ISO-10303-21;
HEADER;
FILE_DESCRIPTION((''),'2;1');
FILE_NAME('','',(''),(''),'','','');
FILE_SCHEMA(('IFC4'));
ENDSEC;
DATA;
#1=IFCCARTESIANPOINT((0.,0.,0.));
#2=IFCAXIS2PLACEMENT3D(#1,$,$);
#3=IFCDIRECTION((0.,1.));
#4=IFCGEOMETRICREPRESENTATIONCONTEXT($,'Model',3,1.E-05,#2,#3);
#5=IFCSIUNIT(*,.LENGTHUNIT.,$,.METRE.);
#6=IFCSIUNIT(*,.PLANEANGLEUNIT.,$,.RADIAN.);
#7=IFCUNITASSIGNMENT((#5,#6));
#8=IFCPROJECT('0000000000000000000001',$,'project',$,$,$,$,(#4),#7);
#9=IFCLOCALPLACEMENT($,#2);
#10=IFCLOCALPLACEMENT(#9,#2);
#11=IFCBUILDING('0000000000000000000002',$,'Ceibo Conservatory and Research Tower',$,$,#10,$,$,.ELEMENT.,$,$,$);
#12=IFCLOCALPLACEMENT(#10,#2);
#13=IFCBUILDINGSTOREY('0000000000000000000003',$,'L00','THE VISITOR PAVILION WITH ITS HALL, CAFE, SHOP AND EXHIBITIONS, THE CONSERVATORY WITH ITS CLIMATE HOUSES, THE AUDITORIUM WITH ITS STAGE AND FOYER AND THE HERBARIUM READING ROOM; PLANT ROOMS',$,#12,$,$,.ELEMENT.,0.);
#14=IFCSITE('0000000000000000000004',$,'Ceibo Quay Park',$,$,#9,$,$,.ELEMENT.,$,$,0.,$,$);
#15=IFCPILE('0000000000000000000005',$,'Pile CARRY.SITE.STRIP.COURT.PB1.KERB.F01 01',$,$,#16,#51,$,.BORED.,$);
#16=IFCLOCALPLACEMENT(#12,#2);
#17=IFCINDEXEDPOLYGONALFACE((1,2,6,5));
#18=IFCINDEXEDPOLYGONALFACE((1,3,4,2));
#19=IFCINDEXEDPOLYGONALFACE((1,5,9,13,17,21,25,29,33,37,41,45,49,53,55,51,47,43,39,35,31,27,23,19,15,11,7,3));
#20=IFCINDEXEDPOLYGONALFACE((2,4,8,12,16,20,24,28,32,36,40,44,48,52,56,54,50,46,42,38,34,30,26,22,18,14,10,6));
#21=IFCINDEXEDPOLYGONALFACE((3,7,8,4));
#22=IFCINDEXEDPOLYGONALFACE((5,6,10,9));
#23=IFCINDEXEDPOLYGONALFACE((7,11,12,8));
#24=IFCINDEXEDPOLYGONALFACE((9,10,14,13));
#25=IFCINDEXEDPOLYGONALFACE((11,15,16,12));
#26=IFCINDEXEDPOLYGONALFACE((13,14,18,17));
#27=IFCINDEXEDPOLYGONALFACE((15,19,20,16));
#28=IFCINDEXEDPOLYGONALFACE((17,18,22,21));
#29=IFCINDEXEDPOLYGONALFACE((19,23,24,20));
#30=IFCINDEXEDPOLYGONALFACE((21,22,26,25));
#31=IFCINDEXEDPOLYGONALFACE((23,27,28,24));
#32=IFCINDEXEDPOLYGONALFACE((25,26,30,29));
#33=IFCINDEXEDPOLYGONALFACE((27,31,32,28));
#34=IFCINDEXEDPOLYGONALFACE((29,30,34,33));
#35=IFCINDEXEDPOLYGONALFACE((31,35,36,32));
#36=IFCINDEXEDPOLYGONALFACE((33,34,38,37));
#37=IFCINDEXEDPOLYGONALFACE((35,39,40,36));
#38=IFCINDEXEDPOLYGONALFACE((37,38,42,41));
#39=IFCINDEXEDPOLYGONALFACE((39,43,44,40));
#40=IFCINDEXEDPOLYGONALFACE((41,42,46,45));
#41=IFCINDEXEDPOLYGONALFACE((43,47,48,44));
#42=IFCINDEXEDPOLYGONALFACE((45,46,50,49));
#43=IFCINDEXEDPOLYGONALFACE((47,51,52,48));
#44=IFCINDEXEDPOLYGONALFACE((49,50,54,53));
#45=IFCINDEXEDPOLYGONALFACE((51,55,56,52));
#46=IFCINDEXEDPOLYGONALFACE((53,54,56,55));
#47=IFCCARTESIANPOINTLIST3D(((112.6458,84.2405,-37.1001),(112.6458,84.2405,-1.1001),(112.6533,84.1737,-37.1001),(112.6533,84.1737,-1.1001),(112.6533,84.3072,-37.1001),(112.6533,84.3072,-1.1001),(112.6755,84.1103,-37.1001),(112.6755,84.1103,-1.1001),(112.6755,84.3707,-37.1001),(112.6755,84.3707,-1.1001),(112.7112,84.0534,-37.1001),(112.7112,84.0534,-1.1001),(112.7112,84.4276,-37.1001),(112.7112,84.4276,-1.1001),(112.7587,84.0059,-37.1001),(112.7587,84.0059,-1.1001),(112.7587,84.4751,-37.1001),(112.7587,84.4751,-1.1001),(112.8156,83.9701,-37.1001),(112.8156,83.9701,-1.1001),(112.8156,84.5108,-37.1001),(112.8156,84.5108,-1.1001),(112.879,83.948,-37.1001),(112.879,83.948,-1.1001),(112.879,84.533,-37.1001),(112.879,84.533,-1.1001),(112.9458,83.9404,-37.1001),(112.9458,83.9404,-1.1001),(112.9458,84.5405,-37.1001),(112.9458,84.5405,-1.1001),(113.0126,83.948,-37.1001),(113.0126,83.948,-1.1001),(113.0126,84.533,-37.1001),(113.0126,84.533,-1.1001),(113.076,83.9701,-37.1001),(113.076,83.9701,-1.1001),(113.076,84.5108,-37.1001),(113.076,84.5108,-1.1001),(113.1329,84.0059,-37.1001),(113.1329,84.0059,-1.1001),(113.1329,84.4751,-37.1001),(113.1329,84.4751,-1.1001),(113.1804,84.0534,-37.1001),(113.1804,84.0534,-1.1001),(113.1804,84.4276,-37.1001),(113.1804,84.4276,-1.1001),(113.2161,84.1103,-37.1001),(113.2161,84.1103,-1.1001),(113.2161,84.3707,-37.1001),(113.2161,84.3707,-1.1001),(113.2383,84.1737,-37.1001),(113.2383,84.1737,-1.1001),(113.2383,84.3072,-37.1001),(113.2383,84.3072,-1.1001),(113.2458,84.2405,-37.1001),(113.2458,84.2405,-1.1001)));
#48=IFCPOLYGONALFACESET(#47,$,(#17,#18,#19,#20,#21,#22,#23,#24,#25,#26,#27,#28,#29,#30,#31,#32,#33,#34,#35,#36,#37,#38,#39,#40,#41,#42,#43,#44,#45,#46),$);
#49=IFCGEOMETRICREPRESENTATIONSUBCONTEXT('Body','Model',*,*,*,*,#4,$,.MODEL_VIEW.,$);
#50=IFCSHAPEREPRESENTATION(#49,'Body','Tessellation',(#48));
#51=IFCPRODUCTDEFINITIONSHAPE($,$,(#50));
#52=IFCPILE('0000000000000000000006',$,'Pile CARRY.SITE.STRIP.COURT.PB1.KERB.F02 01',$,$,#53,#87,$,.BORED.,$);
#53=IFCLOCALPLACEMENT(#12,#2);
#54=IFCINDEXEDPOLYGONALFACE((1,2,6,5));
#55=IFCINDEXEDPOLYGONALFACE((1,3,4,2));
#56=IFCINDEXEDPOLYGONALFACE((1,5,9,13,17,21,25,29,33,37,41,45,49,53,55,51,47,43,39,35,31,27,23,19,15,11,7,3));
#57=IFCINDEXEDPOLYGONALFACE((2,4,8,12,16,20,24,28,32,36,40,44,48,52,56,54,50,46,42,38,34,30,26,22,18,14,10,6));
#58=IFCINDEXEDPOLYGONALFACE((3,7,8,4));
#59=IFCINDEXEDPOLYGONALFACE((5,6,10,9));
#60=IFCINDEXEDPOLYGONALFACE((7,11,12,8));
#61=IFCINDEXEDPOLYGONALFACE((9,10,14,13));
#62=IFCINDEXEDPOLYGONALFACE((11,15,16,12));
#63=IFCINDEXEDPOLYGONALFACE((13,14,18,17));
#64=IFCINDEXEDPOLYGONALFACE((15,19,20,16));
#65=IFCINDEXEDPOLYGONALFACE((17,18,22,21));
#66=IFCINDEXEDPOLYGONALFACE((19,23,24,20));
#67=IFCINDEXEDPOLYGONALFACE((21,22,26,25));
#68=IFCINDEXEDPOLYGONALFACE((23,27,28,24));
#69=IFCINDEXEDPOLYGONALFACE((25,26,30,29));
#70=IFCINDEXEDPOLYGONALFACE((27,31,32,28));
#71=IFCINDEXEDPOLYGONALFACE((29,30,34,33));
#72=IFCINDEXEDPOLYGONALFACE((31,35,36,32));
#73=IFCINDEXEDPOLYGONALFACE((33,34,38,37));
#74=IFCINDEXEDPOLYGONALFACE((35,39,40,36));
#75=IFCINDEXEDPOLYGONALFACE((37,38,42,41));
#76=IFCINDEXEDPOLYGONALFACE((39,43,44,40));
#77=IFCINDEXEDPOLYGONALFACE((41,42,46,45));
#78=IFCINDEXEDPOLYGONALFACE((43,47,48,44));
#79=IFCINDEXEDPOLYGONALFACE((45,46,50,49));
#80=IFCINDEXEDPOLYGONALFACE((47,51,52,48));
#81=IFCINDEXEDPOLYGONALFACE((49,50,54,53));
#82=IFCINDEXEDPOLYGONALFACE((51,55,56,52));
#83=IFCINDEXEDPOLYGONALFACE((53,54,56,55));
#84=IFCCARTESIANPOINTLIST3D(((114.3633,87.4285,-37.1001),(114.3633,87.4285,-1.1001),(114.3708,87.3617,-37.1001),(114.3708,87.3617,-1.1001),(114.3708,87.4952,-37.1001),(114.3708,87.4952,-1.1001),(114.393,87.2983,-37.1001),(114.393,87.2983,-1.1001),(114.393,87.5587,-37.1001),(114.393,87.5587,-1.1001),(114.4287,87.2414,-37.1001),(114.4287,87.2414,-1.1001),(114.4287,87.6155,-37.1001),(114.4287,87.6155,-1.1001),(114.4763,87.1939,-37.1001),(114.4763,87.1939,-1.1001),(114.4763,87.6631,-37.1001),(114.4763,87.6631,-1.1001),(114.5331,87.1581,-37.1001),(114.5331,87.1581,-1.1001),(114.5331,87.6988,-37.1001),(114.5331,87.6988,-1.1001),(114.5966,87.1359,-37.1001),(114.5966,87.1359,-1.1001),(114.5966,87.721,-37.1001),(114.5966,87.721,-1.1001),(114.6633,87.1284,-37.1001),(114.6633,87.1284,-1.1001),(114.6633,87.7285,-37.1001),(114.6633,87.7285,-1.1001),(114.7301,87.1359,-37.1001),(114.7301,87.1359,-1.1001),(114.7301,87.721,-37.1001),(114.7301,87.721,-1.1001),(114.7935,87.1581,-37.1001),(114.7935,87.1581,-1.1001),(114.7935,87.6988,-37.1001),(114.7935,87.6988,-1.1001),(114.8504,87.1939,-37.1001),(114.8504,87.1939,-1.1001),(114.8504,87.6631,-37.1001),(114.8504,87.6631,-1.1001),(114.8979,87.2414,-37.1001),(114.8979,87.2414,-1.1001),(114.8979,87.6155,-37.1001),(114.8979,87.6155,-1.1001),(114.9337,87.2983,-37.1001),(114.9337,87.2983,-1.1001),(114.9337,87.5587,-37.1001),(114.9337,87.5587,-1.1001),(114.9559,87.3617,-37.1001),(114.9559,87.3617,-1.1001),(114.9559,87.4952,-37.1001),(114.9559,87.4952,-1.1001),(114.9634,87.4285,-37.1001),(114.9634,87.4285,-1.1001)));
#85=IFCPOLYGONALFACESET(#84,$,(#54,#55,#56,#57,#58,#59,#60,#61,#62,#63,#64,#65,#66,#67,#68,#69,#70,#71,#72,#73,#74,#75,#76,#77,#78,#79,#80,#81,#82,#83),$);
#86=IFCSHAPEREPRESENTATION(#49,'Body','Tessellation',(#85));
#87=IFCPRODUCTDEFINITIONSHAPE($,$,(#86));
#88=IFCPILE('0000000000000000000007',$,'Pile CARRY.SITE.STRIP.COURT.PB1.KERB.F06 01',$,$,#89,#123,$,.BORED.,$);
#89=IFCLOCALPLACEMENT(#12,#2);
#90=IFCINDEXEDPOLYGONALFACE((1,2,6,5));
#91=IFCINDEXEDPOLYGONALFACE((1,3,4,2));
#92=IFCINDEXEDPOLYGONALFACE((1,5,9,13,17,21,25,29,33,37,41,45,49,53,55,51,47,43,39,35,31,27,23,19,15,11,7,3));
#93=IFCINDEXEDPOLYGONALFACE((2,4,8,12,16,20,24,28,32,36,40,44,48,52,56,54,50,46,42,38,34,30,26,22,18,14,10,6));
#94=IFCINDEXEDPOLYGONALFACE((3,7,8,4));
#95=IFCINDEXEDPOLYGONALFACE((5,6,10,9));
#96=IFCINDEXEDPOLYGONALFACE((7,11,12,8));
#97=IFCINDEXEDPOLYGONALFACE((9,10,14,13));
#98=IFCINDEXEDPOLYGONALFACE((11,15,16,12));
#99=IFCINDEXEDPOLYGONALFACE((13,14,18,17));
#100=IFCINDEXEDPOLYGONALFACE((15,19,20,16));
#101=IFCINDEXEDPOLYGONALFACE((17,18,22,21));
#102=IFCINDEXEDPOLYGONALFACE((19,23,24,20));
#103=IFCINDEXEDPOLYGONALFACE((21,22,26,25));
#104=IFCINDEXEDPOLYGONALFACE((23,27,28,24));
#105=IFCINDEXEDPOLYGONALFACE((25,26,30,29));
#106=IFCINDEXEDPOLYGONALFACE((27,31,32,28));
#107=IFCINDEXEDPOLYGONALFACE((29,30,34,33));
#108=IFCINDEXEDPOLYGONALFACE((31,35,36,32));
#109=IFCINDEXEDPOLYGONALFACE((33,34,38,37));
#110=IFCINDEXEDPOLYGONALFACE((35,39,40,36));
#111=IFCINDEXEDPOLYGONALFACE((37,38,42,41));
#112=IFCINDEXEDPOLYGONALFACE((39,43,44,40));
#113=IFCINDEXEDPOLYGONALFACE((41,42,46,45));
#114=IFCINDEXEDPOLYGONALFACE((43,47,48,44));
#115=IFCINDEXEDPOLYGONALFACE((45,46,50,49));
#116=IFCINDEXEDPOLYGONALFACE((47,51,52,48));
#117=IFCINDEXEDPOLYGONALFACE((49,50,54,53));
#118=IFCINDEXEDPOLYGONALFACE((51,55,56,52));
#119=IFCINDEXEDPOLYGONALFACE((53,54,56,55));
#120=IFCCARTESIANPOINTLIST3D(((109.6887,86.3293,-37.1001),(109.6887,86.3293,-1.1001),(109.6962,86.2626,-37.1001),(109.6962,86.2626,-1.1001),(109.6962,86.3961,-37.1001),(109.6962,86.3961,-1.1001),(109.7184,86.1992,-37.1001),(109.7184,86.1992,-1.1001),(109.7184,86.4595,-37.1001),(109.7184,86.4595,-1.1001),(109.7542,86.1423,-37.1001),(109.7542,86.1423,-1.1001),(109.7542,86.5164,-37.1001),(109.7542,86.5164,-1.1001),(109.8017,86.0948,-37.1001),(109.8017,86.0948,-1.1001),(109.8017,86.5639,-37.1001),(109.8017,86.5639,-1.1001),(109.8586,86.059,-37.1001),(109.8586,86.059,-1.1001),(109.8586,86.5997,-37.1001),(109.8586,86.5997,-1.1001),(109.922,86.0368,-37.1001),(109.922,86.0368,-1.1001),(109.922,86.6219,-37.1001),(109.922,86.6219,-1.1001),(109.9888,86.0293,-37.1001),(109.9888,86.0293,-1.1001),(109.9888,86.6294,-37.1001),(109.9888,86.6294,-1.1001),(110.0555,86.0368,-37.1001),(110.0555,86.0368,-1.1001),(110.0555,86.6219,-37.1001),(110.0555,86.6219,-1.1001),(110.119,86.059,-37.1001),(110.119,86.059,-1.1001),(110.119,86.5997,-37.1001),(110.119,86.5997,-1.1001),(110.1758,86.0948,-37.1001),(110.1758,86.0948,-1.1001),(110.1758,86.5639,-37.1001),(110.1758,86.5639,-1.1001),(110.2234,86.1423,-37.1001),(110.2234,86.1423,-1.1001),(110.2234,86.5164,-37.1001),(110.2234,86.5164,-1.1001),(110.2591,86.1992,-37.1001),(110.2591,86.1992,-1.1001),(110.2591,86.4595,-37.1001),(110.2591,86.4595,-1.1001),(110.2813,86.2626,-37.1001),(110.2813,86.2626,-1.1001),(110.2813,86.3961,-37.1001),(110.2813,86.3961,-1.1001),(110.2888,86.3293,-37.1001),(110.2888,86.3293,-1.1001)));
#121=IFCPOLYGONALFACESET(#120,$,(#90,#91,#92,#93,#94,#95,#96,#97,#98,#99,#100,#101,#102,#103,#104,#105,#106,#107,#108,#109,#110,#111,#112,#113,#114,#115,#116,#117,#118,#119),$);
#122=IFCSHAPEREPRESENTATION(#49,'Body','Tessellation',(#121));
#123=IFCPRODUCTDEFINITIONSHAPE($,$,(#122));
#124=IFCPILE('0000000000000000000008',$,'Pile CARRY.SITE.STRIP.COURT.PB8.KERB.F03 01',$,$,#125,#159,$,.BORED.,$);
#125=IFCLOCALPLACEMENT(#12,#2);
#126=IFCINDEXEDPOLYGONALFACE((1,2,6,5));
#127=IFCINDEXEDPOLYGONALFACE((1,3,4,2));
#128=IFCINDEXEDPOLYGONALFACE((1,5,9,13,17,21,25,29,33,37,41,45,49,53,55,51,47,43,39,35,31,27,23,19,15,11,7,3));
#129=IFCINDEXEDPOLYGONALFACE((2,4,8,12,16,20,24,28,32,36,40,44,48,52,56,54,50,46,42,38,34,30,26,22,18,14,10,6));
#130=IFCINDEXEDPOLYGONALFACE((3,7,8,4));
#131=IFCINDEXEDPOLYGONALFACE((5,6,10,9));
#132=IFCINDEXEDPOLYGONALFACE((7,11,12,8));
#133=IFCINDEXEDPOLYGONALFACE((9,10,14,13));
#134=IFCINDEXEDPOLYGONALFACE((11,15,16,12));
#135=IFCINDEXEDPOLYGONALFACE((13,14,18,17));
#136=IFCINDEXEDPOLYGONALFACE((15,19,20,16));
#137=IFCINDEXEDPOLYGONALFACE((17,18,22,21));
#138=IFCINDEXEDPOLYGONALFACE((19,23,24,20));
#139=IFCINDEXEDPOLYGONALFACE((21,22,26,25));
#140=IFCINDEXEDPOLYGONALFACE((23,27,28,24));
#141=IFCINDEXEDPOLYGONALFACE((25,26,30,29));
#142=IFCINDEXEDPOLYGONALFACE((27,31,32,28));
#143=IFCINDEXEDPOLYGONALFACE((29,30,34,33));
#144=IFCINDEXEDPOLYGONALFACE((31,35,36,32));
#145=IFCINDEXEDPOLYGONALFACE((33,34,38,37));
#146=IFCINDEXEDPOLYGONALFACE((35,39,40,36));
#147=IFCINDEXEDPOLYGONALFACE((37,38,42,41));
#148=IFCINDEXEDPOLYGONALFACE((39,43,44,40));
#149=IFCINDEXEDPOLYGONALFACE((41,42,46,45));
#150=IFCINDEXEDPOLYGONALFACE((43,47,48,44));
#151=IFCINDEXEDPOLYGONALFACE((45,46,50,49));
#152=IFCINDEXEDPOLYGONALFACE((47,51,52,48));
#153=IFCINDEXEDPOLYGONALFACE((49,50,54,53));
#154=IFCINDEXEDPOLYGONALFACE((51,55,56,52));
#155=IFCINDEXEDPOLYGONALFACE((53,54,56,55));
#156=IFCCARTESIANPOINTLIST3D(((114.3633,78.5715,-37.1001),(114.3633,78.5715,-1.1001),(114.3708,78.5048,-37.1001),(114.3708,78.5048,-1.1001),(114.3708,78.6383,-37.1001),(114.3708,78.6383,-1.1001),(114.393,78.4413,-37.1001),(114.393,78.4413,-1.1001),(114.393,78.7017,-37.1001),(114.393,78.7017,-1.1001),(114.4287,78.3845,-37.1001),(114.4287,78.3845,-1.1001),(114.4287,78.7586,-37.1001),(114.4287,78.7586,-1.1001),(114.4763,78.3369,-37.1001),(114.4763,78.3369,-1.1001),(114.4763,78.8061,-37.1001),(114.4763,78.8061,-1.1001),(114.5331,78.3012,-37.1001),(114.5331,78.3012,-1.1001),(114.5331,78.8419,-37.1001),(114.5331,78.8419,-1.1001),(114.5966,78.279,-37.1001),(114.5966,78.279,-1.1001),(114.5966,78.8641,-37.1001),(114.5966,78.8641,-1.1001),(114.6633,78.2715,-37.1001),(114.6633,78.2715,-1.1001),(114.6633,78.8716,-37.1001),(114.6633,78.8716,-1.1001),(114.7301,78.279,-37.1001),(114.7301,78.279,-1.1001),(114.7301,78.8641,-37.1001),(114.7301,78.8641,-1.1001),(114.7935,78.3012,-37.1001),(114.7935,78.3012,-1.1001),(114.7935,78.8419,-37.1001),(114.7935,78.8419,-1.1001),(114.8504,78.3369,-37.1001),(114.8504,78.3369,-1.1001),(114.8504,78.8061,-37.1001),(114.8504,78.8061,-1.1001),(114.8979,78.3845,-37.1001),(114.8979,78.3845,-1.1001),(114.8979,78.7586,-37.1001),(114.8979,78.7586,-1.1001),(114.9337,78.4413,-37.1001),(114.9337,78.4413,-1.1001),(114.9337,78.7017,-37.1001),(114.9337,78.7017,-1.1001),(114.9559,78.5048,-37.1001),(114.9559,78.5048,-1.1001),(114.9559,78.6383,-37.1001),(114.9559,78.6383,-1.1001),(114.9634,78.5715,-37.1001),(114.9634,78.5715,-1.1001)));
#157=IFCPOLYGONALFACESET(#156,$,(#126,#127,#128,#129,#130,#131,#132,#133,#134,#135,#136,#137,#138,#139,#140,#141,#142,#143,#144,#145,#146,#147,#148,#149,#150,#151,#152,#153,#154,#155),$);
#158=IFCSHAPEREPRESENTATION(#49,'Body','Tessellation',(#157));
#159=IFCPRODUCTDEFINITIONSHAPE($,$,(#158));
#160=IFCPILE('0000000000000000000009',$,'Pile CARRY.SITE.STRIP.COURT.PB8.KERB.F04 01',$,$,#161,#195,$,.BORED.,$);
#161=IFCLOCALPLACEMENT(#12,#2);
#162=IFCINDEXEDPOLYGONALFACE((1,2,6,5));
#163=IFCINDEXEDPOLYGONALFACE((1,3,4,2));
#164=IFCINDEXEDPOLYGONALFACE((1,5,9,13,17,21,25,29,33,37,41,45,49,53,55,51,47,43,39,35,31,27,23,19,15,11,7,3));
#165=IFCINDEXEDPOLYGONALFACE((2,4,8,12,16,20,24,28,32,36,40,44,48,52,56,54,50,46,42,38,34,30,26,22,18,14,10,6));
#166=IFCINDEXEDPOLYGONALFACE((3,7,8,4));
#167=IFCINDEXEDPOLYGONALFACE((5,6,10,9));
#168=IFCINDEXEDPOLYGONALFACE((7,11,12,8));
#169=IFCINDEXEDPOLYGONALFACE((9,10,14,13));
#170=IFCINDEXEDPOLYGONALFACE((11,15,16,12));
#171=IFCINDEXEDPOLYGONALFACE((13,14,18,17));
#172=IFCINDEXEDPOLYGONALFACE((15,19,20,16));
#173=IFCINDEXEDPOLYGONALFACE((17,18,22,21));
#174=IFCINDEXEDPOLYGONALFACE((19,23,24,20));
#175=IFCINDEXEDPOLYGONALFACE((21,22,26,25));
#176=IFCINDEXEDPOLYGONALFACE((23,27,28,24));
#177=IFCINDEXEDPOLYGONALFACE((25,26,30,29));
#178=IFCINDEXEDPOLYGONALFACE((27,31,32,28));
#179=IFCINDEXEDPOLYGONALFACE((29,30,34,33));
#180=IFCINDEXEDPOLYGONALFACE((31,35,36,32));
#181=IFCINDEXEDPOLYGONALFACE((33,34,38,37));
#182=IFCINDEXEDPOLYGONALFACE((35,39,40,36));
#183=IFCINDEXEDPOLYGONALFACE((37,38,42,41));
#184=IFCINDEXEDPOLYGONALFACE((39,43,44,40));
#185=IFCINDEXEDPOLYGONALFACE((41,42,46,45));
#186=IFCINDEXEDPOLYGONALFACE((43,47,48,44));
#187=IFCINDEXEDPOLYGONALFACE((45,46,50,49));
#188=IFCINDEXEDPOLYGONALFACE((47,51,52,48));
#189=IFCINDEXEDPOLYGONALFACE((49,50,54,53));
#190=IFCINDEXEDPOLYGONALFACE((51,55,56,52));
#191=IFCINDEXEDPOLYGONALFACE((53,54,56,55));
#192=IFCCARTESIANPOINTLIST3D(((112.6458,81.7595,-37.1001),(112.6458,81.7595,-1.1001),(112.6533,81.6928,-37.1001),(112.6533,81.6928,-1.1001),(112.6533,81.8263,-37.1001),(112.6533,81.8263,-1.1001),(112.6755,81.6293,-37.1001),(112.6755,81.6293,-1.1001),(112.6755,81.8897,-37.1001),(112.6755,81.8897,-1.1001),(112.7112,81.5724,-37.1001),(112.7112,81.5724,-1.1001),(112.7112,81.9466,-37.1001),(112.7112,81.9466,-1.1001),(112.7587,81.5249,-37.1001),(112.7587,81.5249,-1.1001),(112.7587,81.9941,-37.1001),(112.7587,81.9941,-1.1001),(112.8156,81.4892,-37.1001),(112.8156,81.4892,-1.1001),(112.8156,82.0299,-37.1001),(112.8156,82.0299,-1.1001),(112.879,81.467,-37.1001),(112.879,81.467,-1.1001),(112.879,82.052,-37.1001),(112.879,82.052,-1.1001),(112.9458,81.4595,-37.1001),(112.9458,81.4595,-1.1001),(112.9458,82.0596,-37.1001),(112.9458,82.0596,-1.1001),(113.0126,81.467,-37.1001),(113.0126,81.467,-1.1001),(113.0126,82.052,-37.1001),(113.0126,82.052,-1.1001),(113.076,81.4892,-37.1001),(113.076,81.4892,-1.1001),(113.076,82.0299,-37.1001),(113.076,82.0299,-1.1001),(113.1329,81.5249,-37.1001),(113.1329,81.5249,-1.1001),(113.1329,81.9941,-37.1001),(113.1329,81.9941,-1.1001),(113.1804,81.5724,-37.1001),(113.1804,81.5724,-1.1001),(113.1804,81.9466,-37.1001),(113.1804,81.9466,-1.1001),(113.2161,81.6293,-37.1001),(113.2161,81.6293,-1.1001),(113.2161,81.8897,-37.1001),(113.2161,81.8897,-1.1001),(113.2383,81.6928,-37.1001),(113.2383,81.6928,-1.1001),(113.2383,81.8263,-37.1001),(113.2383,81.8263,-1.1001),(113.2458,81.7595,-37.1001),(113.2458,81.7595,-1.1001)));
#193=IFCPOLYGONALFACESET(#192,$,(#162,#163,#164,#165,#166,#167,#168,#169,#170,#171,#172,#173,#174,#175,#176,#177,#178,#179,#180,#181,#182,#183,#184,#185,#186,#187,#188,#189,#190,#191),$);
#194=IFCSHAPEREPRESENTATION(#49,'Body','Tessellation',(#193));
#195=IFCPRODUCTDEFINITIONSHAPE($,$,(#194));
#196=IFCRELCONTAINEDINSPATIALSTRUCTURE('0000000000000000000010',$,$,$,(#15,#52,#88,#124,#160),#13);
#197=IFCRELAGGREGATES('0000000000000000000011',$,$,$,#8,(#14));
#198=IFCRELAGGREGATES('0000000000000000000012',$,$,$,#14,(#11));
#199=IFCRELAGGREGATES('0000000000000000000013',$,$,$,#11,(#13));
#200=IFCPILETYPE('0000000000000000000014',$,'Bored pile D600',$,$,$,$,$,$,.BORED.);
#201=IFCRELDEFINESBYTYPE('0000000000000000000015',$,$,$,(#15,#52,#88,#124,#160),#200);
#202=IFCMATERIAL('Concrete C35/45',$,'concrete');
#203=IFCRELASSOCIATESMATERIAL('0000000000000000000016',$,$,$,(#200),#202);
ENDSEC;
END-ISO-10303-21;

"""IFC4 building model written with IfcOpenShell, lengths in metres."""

from ifc_helpers import new_model, si_unit, direction, frame, origin, origin_2d, place, context, subcontext, project, spatial, circle, extrude, material, material_profile, profile_set, type_object, element, save


model = new_model("IFC4")

# Units and contexts
model_context = context("Model", 3, precision=1e-05, world=origin(), true_north=direction((0.0, 1.0)))
body_context = subcontext(model_context, "Body", "Model", "MODEL_VIEW")
ifc_project = project(units=[si_unit("LENGTHUNIT", "METRE"), si_unit("PLANEANGLEUNIT", "RADIAN")], contexts=[model_context])

# Site, building, storey
site_placement = place(None, origin())
site = spatial("IfcSite", under=ifc_project, at=site_placement, Name="Ceibo Quay Park", CompositionType="ELEMENT", RefElevation=0.0)
building_placement = place(site_placement, origin())
building = spatial("IfcBuilding", under=site, at=building_placement, Name="Ceibo Conservatory and Research Tower", CompositionType="ELEMENT")
storey_placement = place(building_placement, origin())
storey = spatial("IfcBuildingStorey", under=building, at=storey_placement, Name="L00", Description="THE VISITOR PAVILION WITH ITS HALL, CAFE, SHOP AND EXHIBITIONS, THE CONSERVATORY WITH ITS CLIMATE HOUSES, THE AUDITORIUM WITH ITS STAGE AND FOYER AND THE HERBARIUM READING ROOM; PLANT ROOMS", CompositionType="ELEMENT", Elevation=0.0)

# Piles
ifc_material_1 = material(Name="Concrete C35/45", Category="concrete")
ifc_material_profile_1 = material_profile(ifc_material_1, circle(Radius=0.3, at=origin_2d()), Name="RC D600")
ifc_profile_set_1 = profile_set([ifc_material_profile_1], Name="Concrete C35/45")
pile_type = type_object("IfcPileType", Name="Bored pile D600", PredefinedType="BORED", material=ifc_profile_set_1)
for number, where, z_axis, x_axis, name in (
    (1, (112.9458, 84.2405, -1.1001), (0.0, 0.0, -1.0), (1.0, 0.0, 0.0), "Pile CARRY.SITE.STRIP.COURT.PB1.KERB.F01 01"),
    (2, (114.6633, 87.4285, -1.1001), (0.0, 0.0, -1.0), (1.0, 0.0, 0.0), "Pile CARRY.SITE.STRIP.COURT.PB1.KERB.F02 01"),
    (3, (109.9888, 86.3293, -1.1001), (0.0, 0.0, -1.0), (1.0, 0.0, 0.0), "Pile CARRY.SITE.STRIP.COURT.PB1.KERB.F06 01"),
    (4, (114.6633, 78.5715, -1.1001), (0.0, 0.0, -1.0), (1.0, 0.0, 0.0), "Pile CARRY.SITE.STRIP.COURT.PB8.KERB.F03 01"),
    (5, (112.9458, 81.7595, -1.1001), (0.0, 0.0, -1.0), (1.0, 0.0, 0.0), "Pile CARRY.SITE.STRIP.COURT.PB8.KERB.F04 01"),
):
    element("IfcPile", number, at=place(storey_placement, frame(where, z_axis=z_axis, x_axis=x_axis)), inside=storey, type_object=pile_type, Name=name, PredefinedType="BORED", context=body_context, shape_type="SweptSolid", body=[
        extrude(circle(Radius=0.3, at=origin_2d()), origin(), (0.0, 0.0, 1.0), 36.0),
    ])

save(model, "model.ifc")
